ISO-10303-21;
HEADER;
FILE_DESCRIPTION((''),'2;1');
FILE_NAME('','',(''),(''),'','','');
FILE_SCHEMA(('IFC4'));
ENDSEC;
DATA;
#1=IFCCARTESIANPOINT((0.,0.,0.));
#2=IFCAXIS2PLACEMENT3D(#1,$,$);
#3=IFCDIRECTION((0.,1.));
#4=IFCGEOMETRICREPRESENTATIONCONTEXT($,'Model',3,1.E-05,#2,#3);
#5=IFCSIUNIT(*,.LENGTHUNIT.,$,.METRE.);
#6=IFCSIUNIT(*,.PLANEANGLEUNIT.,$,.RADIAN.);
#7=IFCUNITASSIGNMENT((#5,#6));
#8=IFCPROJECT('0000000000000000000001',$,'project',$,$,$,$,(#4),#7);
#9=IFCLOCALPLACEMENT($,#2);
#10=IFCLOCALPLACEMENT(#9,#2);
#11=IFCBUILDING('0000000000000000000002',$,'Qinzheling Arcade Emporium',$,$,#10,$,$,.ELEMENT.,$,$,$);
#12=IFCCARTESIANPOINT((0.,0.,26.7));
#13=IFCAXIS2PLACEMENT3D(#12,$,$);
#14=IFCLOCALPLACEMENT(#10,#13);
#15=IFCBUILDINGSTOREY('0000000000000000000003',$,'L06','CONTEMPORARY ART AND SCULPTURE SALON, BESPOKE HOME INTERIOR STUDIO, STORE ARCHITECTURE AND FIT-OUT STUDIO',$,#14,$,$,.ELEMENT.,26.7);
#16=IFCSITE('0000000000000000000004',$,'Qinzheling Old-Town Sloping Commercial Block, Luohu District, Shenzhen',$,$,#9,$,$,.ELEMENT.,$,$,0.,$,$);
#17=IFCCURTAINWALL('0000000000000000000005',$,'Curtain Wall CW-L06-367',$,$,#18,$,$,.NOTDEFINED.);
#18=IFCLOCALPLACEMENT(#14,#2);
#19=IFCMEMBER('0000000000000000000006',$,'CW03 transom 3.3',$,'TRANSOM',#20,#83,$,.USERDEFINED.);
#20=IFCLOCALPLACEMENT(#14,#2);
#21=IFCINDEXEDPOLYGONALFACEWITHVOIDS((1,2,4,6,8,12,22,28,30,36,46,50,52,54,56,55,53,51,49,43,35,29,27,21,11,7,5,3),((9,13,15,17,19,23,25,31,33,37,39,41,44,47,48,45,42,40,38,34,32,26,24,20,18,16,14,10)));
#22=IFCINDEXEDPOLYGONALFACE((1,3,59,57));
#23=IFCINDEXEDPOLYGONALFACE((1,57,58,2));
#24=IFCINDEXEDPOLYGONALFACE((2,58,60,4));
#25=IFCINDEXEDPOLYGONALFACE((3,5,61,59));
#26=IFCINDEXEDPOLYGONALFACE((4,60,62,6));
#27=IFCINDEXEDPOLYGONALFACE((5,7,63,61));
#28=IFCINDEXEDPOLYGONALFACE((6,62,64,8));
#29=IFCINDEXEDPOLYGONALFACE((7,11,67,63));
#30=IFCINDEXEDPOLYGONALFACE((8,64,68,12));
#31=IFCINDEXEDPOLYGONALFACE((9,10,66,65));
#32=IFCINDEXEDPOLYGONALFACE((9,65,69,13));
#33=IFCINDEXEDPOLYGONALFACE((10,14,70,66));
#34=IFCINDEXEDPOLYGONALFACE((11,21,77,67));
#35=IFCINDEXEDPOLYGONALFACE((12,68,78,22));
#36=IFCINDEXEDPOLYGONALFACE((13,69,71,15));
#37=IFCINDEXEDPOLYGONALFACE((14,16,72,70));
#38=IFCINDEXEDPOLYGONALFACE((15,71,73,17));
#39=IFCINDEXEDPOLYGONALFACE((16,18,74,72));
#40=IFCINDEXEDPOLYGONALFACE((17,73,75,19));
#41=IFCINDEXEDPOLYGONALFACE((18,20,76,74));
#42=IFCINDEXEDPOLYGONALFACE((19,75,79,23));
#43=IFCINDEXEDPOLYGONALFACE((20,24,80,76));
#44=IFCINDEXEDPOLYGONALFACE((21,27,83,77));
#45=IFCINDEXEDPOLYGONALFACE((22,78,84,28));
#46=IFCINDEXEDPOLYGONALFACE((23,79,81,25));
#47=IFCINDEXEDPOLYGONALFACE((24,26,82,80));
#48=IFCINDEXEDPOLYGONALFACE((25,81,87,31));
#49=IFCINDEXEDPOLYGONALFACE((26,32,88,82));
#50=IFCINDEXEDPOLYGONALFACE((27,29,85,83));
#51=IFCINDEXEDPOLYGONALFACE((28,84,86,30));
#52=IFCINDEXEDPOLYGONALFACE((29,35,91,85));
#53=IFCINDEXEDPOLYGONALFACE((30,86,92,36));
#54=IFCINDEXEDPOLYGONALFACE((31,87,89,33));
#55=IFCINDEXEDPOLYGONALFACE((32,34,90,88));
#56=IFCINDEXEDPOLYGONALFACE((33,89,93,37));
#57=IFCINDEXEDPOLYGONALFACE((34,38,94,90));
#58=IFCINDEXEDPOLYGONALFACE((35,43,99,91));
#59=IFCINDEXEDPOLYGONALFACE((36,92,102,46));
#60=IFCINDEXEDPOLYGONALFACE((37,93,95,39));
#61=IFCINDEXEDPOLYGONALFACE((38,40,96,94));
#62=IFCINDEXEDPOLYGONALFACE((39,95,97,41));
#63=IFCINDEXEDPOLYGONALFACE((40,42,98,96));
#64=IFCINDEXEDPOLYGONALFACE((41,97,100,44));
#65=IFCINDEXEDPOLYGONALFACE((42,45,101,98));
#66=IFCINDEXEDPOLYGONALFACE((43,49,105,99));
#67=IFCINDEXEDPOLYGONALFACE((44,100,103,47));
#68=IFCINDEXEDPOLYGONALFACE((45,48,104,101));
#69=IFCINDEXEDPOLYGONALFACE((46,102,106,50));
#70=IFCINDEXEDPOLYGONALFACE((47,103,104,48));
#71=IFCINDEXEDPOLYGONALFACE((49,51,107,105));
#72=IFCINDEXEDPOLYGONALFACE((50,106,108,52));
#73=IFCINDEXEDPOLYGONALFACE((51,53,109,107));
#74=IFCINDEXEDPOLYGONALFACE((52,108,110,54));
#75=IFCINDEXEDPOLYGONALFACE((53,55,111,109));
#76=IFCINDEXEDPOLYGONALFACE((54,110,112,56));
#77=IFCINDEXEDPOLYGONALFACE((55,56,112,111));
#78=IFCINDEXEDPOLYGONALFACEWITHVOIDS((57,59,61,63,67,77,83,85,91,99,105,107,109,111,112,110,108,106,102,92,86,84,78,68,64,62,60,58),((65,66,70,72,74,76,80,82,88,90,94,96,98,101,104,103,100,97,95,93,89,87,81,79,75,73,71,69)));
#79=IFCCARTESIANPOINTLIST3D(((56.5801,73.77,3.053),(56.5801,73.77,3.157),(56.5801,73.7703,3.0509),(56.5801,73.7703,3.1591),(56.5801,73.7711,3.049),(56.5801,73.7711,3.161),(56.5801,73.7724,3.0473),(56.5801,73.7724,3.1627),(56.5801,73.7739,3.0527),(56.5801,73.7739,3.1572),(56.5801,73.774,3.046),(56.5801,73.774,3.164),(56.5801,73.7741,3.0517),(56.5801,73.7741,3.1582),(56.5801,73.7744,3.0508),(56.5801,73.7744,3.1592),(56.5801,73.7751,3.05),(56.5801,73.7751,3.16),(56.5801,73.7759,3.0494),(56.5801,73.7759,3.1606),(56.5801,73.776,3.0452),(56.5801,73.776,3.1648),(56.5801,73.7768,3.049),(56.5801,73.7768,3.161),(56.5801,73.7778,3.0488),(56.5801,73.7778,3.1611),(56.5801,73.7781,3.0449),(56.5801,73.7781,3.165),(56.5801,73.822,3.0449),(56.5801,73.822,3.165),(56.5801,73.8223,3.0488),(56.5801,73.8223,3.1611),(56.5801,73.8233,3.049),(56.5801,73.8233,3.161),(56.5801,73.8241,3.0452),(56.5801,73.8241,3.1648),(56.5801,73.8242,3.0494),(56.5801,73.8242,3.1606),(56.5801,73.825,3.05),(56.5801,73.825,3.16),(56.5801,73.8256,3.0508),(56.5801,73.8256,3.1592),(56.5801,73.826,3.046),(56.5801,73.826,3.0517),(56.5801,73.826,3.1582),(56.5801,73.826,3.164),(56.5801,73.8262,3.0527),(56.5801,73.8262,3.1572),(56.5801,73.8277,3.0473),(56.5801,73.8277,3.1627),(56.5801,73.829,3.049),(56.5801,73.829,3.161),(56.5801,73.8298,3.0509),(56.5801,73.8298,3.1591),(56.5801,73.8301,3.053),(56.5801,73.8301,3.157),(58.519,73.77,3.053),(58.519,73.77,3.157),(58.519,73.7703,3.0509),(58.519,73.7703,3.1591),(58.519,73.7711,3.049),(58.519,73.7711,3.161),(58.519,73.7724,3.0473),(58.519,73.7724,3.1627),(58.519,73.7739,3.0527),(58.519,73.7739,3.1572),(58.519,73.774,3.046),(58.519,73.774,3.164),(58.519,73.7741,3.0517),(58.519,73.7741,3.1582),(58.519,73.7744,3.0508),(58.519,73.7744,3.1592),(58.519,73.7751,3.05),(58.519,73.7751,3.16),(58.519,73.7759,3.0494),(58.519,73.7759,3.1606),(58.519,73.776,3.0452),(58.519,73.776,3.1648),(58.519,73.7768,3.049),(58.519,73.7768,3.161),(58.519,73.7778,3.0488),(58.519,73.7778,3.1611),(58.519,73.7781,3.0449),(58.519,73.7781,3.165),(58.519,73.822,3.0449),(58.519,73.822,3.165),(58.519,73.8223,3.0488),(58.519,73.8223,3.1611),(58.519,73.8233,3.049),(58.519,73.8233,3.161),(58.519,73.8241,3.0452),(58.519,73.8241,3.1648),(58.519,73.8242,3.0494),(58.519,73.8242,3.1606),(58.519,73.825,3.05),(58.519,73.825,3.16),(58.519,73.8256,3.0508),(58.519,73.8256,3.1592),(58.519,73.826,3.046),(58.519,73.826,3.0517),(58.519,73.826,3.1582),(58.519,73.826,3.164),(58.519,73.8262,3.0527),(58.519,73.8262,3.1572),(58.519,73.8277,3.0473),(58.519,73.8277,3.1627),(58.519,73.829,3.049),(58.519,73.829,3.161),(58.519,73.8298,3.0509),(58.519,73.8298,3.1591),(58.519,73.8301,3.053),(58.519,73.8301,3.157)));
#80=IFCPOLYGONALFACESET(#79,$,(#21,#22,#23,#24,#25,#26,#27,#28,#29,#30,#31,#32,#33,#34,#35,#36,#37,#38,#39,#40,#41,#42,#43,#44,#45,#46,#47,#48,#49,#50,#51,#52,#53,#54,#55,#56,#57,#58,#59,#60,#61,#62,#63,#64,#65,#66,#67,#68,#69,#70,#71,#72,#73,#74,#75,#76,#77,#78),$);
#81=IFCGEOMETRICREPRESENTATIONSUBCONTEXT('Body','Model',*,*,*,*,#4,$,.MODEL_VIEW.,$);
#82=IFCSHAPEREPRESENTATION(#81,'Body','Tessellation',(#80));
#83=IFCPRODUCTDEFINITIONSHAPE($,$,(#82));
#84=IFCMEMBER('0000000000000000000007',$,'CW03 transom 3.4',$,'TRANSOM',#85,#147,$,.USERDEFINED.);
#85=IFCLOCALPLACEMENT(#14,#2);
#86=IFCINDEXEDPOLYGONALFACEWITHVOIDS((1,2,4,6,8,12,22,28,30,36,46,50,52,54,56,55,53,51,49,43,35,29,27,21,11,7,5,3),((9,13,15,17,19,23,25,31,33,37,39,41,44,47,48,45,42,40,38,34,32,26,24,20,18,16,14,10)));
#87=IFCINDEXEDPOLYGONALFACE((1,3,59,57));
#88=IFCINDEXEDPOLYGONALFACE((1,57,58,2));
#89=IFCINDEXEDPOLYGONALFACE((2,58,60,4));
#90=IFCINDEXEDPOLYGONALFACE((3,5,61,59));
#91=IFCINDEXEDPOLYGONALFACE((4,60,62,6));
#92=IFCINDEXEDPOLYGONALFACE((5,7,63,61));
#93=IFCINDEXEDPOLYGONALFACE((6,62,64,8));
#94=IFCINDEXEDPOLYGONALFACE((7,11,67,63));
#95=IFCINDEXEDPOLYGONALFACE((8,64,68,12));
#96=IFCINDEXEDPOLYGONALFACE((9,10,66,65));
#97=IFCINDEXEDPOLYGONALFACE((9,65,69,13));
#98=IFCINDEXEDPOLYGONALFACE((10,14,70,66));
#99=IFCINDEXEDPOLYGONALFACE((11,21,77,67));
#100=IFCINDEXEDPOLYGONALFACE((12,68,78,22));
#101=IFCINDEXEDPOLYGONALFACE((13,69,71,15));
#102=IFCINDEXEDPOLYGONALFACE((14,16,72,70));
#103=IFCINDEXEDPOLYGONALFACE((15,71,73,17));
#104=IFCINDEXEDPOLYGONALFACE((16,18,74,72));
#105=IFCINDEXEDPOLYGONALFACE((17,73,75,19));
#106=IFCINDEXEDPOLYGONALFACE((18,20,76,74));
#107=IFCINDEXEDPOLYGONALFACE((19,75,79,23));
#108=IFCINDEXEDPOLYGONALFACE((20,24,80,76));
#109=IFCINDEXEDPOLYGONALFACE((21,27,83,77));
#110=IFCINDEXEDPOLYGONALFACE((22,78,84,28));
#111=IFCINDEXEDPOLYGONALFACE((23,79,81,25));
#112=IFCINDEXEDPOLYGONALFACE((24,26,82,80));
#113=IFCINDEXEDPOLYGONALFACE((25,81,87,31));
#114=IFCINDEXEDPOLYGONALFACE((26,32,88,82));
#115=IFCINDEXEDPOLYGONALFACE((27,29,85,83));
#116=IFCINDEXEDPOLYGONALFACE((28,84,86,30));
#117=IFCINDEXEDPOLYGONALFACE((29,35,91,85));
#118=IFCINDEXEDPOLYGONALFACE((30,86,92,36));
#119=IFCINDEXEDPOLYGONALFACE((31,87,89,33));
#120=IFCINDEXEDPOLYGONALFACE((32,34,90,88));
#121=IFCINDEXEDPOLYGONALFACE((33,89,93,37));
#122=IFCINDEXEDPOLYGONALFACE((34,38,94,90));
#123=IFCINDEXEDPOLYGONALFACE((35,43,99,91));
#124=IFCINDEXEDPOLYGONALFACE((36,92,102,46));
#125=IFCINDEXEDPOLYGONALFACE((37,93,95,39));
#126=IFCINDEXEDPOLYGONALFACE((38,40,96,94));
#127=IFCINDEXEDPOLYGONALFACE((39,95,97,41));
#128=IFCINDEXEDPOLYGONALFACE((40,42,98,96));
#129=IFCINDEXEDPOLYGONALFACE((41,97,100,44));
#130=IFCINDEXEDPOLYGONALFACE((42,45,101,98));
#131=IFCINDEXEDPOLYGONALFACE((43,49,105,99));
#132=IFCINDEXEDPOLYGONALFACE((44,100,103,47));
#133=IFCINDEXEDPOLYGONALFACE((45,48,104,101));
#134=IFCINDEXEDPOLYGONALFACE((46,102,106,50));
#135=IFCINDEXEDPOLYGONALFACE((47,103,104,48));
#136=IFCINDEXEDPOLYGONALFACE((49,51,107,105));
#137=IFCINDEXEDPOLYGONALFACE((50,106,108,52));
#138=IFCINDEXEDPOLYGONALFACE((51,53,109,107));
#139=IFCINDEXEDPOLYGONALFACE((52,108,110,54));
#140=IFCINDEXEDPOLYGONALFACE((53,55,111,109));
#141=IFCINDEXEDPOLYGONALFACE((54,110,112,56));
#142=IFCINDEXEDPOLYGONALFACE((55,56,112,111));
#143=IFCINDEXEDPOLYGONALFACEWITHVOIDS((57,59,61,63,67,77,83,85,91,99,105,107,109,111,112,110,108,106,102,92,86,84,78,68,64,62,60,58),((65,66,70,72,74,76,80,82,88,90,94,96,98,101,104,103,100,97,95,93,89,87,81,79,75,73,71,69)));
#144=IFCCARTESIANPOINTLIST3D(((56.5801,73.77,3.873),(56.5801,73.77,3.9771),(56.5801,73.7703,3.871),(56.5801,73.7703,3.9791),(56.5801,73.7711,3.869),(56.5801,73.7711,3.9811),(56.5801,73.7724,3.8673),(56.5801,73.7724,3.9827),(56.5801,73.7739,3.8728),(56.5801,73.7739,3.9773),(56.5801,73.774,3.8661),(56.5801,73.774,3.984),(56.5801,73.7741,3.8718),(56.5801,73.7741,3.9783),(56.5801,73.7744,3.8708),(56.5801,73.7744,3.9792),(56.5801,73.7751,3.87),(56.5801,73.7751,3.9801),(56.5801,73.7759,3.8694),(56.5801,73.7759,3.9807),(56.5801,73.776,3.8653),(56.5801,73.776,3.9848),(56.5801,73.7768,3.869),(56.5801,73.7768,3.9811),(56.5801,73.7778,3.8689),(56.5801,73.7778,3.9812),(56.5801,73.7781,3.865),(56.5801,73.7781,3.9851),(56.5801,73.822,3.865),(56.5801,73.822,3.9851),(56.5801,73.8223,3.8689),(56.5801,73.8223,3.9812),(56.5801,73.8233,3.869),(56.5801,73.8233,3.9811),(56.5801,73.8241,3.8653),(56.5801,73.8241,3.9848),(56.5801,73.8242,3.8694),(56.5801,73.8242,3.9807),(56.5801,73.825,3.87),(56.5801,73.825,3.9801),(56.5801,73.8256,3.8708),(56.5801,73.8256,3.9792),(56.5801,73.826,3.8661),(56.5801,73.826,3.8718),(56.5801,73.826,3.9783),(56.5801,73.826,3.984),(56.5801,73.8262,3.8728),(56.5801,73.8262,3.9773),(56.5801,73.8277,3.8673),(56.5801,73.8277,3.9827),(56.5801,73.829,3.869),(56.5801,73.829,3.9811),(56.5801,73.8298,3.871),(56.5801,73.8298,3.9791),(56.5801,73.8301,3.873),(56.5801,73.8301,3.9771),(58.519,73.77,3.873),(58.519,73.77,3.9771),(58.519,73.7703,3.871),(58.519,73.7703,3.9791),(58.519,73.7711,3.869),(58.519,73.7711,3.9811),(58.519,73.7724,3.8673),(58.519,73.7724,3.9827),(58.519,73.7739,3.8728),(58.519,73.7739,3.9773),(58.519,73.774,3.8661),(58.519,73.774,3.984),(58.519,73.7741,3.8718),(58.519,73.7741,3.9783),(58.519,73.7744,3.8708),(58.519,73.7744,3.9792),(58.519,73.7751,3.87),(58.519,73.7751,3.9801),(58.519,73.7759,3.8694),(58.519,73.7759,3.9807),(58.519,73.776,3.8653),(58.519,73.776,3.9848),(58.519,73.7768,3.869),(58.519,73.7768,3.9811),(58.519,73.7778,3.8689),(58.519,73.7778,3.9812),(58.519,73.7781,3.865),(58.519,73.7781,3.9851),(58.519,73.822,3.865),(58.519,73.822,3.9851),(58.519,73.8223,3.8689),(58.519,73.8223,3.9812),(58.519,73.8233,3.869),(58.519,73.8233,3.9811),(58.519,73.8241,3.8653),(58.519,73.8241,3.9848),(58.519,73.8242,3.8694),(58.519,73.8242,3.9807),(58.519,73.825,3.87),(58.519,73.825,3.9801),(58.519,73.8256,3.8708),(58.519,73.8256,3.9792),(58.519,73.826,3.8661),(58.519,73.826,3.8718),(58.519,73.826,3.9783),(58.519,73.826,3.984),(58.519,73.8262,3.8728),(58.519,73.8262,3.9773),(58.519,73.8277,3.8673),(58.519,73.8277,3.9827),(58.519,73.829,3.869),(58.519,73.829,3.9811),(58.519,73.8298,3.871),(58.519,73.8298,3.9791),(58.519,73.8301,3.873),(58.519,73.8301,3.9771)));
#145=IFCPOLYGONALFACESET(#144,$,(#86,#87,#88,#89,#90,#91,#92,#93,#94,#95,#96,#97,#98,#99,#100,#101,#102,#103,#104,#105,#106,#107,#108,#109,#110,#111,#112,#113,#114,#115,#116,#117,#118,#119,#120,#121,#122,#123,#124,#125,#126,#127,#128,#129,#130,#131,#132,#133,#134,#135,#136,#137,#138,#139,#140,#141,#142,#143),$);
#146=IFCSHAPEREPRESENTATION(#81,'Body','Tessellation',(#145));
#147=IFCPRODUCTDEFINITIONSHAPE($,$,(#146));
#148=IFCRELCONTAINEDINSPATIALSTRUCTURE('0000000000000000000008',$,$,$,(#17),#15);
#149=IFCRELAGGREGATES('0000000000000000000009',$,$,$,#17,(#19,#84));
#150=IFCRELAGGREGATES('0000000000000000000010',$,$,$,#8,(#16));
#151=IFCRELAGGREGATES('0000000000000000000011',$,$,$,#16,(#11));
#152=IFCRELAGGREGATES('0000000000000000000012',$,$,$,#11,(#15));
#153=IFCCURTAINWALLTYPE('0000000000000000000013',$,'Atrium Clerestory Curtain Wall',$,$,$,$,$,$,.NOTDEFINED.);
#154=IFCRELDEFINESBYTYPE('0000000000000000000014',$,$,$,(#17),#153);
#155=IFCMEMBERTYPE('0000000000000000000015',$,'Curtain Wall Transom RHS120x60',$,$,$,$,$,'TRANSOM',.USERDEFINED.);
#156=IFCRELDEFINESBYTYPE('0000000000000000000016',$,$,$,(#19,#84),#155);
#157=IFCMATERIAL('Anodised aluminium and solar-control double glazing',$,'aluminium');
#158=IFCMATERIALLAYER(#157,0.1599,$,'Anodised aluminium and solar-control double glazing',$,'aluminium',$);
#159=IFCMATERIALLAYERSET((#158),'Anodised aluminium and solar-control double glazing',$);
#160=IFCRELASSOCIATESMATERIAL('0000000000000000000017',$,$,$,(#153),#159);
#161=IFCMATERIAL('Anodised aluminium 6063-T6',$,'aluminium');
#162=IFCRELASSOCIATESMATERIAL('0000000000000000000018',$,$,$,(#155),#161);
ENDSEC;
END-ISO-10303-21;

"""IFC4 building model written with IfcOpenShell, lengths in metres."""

from ifc_helpers import new_model, si_unit, direction, frame, origin, origin_2d, place, context, subcontext, project, spatial, hollow_rectangle, extrude, material, layer, layer_set, material_profile, profile_set, type_object, element, aggregate, save


model = new_model("IFC4")

# Units and contexts
model_context = context("Model", 3, precision=1e-05, world=origin(), true_north=direction((0.0, 1.0)))
body_context = subcontext(model_context, "Body", "Model", "MODEL_VIEW")
ifc_project = project(units=[si_unit("LENGTHUNIT", "METRE"), si_unit("PLANEANGLEUNIT", "RADIAN")], contexts=[model_context])

# Site, building, storey
site_placement = place(None, origin())
site = spatial("IfcSite", under=ifc_project, at=site_placement, Name="Qinzheling Old-Town Sloping Commercial Block, Luohu District, Shenzhen", CompositionType="ELEMENT", RefElevation=0.0)
building_placement = place(site_placement, origin())
building = spatial("IfcBuilding", under=site, at=building_placement, Name="Qinzheling Arcade Emporium", CompositionType="ELEMENT")
storey_placement = place(building_placement, frame((0.0, 0.0, 26.7)))
storey = spatial("IfcBuildingStorey", under=building, at=storey_placement, Name="L06", Description="CONTEMPORARY ART AND SCULPTURE SALON, BESPOKE HOME INTERIOR STUDIO, STORE ARCHITECTURE AND FIT-OUT STUDIO", CompositionType="ELEMENT", Elevation=26.7)

# Curtain wall
ifc_material_1 = material(Name="Anodised aluminium and solar-control double glazing", Category="aluminium")
ifc_layer_1 = layer(ifc_material_1, 0.1599, Name="Anodised aluminium and solar-control double glazing", Category="aluminium")
ifc_layer_set_1 = layer_set([ifc_layer_1], Name="Anodised aluminium and solar-control double glazing")
curtain_wall_type = type_object("IfcCurtainWallType", Name="Atrium Clerestory Curtain Wall", PredefinedType="NOTDEFINED", material=ifc_layer_set_1)
curtain_wall_1_placement = place(storey_placement, origin())
curtain_wall_1 = element("IfcCurtainWall", 1, at=curtain_wall_1_placement, inside=storey, type_object=curtain_wall_type, Name="Curtain Wall CW-L06-367", PredefinedType="NOTDEFINED")
ifc_material_2 = material(Name="Anodised aluminium 6063-T6", Category="aluminium")

# Members
ifc_material_profile_1 = material_profile(ifc_material_2, hollow_rectangle(XDim=0.0601, YDim=0.1201, WallThickness=0.0039, InnerFilletRadius=0.0039, OuterFilletRadius=0.0081, at=origin_2d()), Name="RHS 120x60x4", Category="aluminium")
ifc_profile_set_1 = profile_set([ifc_material_profile_1], Name="Anodised aluminium 6063-T6")
member_type_1 = type_object("IfcMemberType", Name="Curtain Wall Transom RHS120x60", ElementType="TRANSOM", PredefinedType="USERDEFINED", material=ifc_profile_set_1)
member_1_placement = place(storey_placement, frame((56.5801, 73.8, 3.105), z_axis=(1.0, 0.0, 0.0), x_axis=(0.0, 1.0, 0.0)))
member_1 = element("IfcMember", 2, at=member_1_placement, type_object=member_type_1, Name="CW03 transom 3.3", ObjectType="TRANSOM", PredefinedType="USERDEFINED", context=body_context, shape_type="SweptSolid", body=[
    extrude(hollow_rectangle(XDim=0.0601, YDim=0.1201, WallThickness=0.0039, InnerFilletRadius=0.0039, OuterFilletRadius=0.0081, at=origin_2d()), origin(), (0.0, 0.0, 1.0), 1.939),
])
member_2_placement = place(storey_placement, frame((56.5801, 73.8, 3.925), z_axis=(1.0, 0.0, 0.0), x_axis=(0.0, 1.0, 0.0)))
member_2 = element("IfcMember", 3, at=member_2_placement, type_object=member_type_1, Name="CW03 transom 3.4", ObjectType="TRANSOM", PredefinedType="USERDEFINED", context=body_context, shape_type="SweptSolid", body=[
    extrude(hollow_rectangle(XDim=0.0601, YDim=0.1201, WallThickness=0.0039, InnerFilletRadius=0.0039, OuterFilletRadius=0.0081, at=origin_2d()), origin(), (0.0, 0.0, 1.0), 1.939),
])

aggregate(curtain_wall_1, [member_1, member_2])

save(model, "model.ifc")
